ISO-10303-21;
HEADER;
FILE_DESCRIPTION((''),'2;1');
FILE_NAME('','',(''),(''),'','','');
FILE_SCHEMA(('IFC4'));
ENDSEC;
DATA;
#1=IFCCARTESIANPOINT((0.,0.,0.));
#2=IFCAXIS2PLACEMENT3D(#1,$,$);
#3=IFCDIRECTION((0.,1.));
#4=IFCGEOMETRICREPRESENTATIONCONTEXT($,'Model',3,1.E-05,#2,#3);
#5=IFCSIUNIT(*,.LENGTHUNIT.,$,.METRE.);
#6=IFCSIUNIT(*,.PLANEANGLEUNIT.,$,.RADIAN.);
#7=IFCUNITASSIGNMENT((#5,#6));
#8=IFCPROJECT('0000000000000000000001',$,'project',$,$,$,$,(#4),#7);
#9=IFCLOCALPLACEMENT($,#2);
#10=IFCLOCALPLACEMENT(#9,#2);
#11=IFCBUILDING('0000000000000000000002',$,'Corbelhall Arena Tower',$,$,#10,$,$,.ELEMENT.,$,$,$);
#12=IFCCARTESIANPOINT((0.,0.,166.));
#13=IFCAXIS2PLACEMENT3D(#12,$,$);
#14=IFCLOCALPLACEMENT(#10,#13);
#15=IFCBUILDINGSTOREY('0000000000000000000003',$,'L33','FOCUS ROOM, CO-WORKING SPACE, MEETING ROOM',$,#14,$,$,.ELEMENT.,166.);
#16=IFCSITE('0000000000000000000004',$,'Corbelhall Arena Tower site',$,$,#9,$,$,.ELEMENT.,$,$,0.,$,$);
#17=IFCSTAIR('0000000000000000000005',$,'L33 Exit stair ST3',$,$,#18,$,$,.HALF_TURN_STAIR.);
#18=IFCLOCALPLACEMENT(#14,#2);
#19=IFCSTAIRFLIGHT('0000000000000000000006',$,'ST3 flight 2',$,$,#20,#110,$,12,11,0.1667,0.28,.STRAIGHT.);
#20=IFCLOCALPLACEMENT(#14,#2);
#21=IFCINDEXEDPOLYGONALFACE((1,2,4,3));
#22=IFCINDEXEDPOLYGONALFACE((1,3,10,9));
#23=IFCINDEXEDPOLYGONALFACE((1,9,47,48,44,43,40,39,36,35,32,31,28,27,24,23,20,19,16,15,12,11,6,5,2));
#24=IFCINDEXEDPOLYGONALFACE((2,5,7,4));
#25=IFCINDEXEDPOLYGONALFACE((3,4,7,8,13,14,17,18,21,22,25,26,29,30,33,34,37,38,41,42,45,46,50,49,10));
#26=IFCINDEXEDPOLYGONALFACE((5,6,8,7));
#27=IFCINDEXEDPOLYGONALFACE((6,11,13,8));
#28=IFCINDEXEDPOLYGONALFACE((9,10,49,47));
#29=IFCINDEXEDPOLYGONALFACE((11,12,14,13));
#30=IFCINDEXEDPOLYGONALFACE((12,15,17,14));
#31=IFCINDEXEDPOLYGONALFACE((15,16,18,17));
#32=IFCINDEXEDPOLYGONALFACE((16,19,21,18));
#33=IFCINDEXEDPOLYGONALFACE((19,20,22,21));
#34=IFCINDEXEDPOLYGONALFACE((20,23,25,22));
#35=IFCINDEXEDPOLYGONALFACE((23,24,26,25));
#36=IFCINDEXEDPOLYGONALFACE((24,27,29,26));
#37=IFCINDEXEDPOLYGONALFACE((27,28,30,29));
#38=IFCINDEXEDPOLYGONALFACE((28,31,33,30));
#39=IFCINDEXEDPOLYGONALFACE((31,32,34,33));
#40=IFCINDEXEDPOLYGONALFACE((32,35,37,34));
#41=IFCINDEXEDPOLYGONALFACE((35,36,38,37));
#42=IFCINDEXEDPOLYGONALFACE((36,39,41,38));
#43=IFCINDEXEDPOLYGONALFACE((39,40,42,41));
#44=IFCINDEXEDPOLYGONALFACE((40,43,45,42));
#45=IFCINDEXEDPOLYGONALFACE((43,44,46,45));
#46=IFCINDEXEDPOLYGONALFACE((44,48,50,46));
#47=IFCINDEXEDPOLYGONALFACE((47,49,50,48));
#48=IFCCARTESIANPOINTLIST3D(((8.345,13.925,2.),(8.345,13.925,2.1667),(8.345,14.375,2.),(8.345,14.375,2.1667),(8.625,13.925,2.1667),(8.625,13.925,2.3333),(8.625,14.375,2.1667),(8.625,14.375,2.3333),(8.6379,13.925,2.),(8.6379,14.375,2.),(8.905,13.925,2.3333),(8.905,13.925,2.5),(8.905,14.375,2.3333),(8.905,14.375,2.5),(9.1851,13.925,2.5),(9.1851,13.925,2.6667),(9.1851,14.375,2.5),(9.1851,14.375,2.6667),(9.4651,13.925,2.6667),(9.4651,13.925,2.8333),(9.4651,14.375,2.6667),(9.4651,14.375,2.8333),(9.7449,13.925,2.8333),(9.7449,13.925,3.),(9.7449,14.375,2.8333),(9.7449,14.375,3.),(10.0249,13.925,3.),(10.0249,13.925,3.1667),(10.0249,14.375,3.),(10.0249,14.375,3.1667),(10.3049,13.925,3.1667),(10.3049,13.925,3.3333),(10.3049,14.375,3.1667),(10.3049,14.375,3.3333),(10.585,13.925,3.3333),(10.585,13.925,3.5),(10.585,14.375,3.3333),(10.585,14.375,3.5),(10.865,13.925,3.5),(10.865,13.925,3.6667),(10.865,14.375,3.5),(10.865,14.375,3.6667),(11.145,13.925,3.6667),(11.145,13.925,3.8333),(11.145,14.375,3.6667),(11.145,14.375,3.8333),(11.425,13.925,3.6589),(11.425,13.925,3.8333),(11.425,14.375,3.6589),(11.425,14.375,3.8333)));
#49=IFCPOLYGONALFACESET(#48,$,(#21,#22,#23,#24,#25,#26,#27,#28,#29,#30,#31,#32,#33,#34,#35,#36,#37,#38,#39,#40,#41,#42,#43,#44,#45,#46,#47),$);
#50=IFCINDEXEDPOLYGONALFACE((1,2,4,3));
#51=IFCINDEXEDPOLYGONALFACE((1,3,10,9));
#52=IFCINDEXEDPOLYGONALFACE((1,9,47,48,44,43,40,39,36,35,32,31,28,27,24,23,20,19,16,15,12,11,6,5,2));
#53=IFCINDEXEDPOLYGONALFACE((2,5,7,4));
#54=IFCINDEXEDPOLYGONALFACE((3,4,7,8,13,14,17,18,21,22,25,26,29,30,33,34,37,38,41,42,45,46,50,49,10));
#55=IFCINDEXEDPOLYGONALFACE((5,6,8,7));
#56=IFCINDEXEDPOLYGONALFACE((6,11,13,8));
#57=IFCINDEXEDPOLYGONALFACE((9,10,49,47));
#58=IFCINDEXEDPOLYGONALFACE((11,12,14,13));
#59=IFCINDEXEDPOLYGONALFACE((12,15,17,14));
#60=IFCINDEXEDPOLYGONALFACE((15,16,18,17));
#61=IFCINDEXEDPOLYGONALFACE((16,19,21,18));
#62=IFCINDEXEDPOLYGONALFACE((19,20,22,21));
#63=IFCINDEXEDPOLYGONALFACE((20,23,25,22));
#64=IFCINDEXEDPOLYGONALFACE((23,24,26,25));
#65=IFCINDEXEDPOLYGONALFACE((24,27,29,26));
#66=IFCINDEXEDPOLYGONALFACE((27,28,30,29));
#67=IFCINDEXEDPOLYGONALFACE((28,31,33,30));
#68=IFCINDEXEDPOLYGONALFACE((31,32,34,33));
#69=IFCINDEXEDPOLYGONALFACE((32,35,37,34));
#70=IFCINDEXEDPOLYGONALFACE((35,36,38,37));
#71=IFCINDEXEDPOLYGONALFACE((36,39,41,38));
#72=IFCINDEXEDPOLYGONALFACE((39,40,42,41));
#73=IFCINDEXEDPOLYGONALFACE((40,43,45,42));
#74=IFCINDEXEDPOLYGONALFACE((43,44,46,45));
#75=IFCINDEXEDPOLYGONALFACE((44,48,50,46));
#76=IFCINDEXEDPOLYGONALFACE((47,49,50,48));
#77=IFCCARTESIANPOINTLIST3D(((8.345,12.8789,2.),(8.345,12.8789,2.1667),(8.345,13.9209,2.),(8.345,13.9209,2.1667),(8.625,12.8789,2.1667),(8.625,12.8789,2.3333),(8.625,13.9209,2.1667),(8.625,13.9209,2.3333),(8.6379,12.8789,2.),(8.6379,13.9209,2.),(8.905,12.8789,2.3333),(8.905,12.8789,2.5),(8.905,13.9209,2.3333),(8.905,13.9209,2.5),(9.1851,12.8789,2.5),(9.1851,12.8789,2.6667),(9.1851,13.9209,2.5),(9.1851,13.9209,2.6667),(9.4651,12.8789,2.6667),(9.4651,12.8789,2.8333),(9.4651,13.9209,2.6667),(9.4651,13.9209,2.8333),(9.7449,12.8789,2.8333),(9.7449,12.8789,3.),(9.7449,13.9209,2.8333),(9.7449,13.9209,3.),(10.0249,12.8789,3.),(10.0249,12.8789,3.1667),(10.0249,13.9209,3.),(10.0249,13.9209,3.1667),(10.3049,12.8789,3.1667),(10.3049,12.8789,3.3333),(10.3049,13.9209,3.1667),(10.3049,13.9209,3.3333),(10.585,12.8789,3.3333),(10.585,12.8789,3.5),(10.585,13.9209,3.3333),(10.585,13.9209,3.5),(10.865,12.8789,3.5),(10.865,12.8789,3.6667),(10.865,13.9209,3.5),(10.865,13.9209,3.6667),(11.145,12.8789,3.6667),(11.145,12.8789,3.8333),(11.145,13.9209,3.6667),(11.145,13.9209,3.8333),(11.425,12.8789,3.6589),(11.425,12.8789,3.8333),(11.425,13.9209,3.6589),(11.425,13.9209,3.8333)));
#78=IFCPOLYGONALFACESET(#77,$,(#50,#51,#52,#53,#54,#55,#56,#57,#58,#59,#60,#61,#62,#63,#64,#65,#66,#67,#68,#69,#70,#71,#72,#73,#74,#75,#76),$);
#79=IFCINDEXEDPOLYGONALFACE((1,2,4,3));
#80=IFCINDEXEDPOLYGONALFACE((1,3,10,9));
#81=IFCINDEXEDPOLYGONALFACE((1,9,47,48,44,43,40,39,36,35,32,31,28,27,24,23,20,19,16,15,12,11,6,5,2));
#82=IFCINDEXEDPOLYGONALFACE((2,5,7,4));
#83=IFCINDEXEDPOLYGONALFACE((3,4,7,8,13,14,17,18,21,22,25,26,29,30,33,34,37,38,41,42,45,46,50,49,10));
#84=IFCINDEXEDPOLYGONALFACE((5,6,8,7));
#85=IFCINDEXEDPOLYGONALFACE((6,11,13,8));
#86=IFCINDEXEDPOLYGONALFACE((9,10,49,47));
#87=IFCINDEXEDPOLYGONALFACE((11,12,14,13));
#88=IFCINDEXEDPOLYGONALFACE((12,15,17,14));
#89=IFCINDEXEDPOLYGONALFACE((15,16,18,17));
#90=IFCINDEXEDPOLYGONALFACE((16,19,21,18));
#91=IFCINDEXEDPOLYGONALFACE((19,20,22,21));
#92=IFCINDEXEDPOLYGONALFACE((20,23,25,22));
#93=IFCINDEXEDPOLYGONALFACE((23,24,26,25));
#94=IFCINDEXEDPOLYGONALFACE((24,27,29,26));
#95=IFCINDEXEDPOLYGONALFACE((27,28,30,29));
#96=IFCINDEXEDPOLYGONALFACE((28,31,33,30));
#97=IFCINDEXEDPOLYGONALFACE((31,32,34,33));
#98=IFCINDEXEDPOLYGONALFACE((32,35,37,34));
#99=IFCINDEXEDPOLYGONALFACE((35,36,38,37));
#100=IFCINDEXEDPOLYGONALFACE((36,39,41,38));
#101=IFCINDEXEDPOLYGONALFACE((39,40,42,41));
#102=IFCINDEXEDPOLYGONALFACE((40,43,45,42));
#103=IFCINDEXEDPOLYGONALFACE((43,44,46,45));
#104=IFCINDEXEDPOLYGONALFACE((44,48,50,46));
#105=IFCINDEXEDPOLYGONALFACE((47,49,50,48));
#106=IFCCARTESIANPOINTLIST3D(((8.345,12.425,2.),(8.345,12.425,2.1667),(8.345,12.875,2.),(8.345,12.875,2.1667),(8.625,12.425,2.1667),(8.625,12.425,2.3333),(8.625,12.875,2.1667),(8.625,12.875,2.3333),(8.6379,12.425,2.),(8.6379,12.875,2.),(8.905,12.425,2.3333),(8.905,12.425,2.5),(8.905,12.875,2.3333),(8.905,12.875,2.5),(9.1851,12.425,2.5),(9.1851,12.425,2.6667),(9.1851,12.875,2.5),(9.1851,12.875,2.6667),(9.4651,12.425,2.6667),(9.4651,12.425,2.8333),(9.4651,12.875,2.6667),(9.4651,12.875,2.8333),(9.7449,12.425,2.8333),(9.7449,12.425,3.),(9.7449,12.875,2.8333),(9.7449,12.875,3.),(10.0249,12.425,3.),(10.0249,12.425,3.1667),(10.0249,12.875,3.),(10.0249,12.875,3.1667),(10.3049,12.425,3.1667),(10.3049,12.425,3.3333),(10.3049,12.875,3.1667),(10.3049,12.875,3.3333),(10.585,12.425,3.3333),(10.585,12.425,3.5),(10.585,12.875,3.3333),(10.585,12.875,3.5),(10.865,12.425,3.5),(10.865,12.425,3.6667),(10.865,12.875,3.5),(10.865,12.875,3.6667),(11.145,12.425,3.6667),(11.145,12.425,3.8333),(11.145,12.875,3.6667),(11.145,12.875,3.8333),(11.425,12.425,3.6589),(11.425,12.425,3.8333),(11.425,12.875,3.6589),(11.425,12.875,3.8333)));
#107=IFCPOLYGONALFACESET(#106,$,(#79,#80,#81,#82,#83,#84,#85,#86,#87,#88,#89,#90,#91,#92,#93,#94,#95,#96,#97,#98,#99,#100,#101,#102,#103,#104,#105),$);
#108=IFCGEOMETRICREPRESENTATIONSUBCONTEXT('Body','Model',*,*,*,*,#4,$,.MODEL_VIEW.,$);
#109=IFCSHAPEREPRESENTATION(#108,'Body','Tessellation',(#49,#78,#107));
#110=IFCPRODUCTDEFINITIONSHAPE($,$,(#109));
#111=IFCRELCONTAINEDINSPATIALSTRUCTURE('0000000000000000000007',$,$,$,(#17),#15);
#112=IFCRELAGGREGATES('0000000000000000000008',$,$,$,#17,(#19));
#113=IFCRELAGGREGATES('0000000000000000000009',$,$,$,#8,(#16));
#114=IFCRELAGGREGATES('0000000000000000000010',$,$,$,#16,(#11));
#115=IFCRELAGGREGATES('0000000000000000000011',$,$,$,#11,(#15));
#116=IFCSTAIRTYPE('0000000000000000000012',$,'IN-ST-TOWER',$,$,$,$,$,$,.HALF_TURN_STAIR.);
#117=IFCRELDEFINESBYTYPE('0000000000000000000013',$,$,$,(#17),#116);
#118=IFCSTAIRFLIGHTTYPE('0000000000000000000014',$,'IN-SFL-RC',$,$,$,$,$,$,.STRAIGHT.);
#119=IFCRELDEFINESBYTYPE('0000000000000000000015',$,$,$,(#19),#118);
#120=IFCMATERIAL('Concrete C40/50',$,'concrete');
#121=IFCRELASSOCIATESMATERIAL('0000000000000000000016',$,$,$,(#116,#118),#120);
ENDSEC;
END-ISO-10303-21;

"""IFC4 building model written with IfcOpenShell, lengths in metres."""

from ifc_helpers import new_model, si_unit, direction, frame, origin, place, context, subcontext, project, spatial, polyline, outline, extrude, material, type_object, element, aggregate, save


model = new_model("IFC4")

# Units and contexts
model_context = context("Model", 3, precision=1e-05, world=origin(), true_north=direction((0.0, 1.0)))
body_context = subcontext(model_context, "Body", "Model", "MODEL_VIEW")
ifc_project = project(units=[si_unit("LENGTHUNIT", "METRE"), si_unit("PLANEANGLEUNIT", "RADIAN")], contexts=[model_context])

# Site, building, storey
site_placement = place(None, origin())
site = spatial("IfcSite", under=ifc_project, at=site_placement, Name="Corbelhall Arena Tower site", CompositionType="ELEMENT", RefElevation=0.0)
building_placement = place(site_placement, origin())
building = spatial("IfcBuilding", under=site, at=building_placement, Name="Corbelhall Arena Tower", CompositionType="ELEMENT")
storey_placement = place(building_placement, frame((0.0, 0.0, 166.0)))
storey = spatial("IfcBuildingStorey", under=building, at=storey_placement, Name="L33", Description="FOCUS ROOM, CO-WORKING SPACE, MEETING ROOM", CompositionType="ELEMENT", Elevation=166.0)

# Shared definitions
ifc_material_1 = material(Name="Concrete C40/50", Category="concrete")

# Stair, stair flight
stair_type = type_object("IfcStairType", Name="IN-ST-TOWER", PredefinedType="HALF_TURN_STAIR", material=ifc_material_1)
stair_placement = place(storey_placement, origin())
stair = element("IfcStair", 1, at=stair_placement, inside=storey, type_object=stair_type, Name="L33 Exit stair ST3", PredefinedType="HALF_TURN_STAIR")
stair_flight_type = type_object("IfcStairFlightType", Name="IN-SFL-RC", PredefinedType="STRAIGHT", material=ifc_material_1)
stair_flight_1_placement = place(storey_placement, frame((8.345, 13.3999, 2.0), z_axis=(0.0, 0.0, 1.0), x_axis=(1.0, 0.0, 0.0)))
stair_flight_1 = element("IfcStairFlight", 2, at=stair_flight_1_placement, type_object=stair_flight_type, Name="ST3 flight 2", NumberOfRisers=12, NumberOfTreads=11, PredefinedType="STRAIGHT", RiserHeight=0.1667, TreadLength=0.28, context=body_context, shape_type="SweptSolid", body=[
    extrude(outline(polyline([(0.0, 0.0), (0.0, 0.1667), (0.28, 0.1667), (0.28, 0.3333), (0.5601, 0.3333), (0.5601, 0.5), (0.8401, 0.5), (0.8401, 0.6667), (1.1201, 0.6667), (1.1201, 0.8333), (1.3999, 0.8333), (1.3999, 1.0), (1.6799, 1.0), (1.6799, 1.1667), (1.96, 1.1667), (1.96, 1.3333), (2.24, 1.3333), (2.24, 1.5), (2.52, 1.5), (2.52, 1.6667), (2.8, 1.6667), (2.8, 1.8333), (3.0801, 1.8333), (3.0801, 2.0), (3.0801, 1.6589), (0.293, 0.0), (0.0, 0.0)])), frame((0.0, 0.9751, 0.0), z_axis=(0.0, -1.0, 0.0), x_axis=(1.0, 0.0, 0.0)), (0.0, 0.0, 1.0), 0.45),
    extrude(outline(polyline([(0.0, 0.0), (0.0, 0.1667), (0.28, 0.1667), (0.28, 0.3333), (0.5601, 0.3333), (0.5601, 0.5), (0.8401, 0.5), (0.8401, 0.6667), (1.1201, 0.6667), (1.1201, 0.8333), (1.3999, 0.8333), (1.3999, 1.0), (1.6799, 1.0), (1.6799, 1.1667), (1.96, 1.1667), (1.96, 1.3333), (2.24, 1.3333), (2.24, 1.5), (2.52, 1.5), (2.52, 1.6667), (2.8, 1.6667), (2.8, 1.8333), (3.0801, 1.8333), (3.0801, 2.0), (3.0801, 1.6589), (0.293, 0.0), (0.0, 0.0)])), frame((0.0, 0.521, 0.0), z_axis=(0.0, -1.0, 0.0), x_axis=(1.0, 0.0, 0.0)), (0.0, 0.0, 1.0), 1.042),
    extrude(outline(polyline([(0.0, 0.0), (0.0, 0.1667), (0.28, 0.1667), (0.28, 0.3333), (0.5601, 0.3333), (0.5601, 0.5), (0.8401, 0.5), (0.8401, 0.6667), (1.1201, 0.6667), (1.1201, 0.8333), (1.3999, 0.8333), (1.3999, 1.0), (1.6799, 1.0), (1.6799, 1.1667), (1.96, 1.1667), (1.96, 1.3333), (2.24, 1.3333), (2.24, 1.5), (2.52, 1.5), (2.52, 1.6667), (2.8, 1.6667), (2.8, 1.8333), (3.0801, 1.8333), (3.0801, 2.0), (3.0801, 1.6589), (0.293, 0.0), (0.0, 0.0)])), frame((0.0, -0.5249, 0.0), z_axis=(0.0, -1.0, 0.0), x_axis=(1.0, 0.0, 0.0)), (0.0, 0.0, 1.0), 0.45),
])
aggregate(stair, [stair_flight_1])

save(model, "model.ifc")
